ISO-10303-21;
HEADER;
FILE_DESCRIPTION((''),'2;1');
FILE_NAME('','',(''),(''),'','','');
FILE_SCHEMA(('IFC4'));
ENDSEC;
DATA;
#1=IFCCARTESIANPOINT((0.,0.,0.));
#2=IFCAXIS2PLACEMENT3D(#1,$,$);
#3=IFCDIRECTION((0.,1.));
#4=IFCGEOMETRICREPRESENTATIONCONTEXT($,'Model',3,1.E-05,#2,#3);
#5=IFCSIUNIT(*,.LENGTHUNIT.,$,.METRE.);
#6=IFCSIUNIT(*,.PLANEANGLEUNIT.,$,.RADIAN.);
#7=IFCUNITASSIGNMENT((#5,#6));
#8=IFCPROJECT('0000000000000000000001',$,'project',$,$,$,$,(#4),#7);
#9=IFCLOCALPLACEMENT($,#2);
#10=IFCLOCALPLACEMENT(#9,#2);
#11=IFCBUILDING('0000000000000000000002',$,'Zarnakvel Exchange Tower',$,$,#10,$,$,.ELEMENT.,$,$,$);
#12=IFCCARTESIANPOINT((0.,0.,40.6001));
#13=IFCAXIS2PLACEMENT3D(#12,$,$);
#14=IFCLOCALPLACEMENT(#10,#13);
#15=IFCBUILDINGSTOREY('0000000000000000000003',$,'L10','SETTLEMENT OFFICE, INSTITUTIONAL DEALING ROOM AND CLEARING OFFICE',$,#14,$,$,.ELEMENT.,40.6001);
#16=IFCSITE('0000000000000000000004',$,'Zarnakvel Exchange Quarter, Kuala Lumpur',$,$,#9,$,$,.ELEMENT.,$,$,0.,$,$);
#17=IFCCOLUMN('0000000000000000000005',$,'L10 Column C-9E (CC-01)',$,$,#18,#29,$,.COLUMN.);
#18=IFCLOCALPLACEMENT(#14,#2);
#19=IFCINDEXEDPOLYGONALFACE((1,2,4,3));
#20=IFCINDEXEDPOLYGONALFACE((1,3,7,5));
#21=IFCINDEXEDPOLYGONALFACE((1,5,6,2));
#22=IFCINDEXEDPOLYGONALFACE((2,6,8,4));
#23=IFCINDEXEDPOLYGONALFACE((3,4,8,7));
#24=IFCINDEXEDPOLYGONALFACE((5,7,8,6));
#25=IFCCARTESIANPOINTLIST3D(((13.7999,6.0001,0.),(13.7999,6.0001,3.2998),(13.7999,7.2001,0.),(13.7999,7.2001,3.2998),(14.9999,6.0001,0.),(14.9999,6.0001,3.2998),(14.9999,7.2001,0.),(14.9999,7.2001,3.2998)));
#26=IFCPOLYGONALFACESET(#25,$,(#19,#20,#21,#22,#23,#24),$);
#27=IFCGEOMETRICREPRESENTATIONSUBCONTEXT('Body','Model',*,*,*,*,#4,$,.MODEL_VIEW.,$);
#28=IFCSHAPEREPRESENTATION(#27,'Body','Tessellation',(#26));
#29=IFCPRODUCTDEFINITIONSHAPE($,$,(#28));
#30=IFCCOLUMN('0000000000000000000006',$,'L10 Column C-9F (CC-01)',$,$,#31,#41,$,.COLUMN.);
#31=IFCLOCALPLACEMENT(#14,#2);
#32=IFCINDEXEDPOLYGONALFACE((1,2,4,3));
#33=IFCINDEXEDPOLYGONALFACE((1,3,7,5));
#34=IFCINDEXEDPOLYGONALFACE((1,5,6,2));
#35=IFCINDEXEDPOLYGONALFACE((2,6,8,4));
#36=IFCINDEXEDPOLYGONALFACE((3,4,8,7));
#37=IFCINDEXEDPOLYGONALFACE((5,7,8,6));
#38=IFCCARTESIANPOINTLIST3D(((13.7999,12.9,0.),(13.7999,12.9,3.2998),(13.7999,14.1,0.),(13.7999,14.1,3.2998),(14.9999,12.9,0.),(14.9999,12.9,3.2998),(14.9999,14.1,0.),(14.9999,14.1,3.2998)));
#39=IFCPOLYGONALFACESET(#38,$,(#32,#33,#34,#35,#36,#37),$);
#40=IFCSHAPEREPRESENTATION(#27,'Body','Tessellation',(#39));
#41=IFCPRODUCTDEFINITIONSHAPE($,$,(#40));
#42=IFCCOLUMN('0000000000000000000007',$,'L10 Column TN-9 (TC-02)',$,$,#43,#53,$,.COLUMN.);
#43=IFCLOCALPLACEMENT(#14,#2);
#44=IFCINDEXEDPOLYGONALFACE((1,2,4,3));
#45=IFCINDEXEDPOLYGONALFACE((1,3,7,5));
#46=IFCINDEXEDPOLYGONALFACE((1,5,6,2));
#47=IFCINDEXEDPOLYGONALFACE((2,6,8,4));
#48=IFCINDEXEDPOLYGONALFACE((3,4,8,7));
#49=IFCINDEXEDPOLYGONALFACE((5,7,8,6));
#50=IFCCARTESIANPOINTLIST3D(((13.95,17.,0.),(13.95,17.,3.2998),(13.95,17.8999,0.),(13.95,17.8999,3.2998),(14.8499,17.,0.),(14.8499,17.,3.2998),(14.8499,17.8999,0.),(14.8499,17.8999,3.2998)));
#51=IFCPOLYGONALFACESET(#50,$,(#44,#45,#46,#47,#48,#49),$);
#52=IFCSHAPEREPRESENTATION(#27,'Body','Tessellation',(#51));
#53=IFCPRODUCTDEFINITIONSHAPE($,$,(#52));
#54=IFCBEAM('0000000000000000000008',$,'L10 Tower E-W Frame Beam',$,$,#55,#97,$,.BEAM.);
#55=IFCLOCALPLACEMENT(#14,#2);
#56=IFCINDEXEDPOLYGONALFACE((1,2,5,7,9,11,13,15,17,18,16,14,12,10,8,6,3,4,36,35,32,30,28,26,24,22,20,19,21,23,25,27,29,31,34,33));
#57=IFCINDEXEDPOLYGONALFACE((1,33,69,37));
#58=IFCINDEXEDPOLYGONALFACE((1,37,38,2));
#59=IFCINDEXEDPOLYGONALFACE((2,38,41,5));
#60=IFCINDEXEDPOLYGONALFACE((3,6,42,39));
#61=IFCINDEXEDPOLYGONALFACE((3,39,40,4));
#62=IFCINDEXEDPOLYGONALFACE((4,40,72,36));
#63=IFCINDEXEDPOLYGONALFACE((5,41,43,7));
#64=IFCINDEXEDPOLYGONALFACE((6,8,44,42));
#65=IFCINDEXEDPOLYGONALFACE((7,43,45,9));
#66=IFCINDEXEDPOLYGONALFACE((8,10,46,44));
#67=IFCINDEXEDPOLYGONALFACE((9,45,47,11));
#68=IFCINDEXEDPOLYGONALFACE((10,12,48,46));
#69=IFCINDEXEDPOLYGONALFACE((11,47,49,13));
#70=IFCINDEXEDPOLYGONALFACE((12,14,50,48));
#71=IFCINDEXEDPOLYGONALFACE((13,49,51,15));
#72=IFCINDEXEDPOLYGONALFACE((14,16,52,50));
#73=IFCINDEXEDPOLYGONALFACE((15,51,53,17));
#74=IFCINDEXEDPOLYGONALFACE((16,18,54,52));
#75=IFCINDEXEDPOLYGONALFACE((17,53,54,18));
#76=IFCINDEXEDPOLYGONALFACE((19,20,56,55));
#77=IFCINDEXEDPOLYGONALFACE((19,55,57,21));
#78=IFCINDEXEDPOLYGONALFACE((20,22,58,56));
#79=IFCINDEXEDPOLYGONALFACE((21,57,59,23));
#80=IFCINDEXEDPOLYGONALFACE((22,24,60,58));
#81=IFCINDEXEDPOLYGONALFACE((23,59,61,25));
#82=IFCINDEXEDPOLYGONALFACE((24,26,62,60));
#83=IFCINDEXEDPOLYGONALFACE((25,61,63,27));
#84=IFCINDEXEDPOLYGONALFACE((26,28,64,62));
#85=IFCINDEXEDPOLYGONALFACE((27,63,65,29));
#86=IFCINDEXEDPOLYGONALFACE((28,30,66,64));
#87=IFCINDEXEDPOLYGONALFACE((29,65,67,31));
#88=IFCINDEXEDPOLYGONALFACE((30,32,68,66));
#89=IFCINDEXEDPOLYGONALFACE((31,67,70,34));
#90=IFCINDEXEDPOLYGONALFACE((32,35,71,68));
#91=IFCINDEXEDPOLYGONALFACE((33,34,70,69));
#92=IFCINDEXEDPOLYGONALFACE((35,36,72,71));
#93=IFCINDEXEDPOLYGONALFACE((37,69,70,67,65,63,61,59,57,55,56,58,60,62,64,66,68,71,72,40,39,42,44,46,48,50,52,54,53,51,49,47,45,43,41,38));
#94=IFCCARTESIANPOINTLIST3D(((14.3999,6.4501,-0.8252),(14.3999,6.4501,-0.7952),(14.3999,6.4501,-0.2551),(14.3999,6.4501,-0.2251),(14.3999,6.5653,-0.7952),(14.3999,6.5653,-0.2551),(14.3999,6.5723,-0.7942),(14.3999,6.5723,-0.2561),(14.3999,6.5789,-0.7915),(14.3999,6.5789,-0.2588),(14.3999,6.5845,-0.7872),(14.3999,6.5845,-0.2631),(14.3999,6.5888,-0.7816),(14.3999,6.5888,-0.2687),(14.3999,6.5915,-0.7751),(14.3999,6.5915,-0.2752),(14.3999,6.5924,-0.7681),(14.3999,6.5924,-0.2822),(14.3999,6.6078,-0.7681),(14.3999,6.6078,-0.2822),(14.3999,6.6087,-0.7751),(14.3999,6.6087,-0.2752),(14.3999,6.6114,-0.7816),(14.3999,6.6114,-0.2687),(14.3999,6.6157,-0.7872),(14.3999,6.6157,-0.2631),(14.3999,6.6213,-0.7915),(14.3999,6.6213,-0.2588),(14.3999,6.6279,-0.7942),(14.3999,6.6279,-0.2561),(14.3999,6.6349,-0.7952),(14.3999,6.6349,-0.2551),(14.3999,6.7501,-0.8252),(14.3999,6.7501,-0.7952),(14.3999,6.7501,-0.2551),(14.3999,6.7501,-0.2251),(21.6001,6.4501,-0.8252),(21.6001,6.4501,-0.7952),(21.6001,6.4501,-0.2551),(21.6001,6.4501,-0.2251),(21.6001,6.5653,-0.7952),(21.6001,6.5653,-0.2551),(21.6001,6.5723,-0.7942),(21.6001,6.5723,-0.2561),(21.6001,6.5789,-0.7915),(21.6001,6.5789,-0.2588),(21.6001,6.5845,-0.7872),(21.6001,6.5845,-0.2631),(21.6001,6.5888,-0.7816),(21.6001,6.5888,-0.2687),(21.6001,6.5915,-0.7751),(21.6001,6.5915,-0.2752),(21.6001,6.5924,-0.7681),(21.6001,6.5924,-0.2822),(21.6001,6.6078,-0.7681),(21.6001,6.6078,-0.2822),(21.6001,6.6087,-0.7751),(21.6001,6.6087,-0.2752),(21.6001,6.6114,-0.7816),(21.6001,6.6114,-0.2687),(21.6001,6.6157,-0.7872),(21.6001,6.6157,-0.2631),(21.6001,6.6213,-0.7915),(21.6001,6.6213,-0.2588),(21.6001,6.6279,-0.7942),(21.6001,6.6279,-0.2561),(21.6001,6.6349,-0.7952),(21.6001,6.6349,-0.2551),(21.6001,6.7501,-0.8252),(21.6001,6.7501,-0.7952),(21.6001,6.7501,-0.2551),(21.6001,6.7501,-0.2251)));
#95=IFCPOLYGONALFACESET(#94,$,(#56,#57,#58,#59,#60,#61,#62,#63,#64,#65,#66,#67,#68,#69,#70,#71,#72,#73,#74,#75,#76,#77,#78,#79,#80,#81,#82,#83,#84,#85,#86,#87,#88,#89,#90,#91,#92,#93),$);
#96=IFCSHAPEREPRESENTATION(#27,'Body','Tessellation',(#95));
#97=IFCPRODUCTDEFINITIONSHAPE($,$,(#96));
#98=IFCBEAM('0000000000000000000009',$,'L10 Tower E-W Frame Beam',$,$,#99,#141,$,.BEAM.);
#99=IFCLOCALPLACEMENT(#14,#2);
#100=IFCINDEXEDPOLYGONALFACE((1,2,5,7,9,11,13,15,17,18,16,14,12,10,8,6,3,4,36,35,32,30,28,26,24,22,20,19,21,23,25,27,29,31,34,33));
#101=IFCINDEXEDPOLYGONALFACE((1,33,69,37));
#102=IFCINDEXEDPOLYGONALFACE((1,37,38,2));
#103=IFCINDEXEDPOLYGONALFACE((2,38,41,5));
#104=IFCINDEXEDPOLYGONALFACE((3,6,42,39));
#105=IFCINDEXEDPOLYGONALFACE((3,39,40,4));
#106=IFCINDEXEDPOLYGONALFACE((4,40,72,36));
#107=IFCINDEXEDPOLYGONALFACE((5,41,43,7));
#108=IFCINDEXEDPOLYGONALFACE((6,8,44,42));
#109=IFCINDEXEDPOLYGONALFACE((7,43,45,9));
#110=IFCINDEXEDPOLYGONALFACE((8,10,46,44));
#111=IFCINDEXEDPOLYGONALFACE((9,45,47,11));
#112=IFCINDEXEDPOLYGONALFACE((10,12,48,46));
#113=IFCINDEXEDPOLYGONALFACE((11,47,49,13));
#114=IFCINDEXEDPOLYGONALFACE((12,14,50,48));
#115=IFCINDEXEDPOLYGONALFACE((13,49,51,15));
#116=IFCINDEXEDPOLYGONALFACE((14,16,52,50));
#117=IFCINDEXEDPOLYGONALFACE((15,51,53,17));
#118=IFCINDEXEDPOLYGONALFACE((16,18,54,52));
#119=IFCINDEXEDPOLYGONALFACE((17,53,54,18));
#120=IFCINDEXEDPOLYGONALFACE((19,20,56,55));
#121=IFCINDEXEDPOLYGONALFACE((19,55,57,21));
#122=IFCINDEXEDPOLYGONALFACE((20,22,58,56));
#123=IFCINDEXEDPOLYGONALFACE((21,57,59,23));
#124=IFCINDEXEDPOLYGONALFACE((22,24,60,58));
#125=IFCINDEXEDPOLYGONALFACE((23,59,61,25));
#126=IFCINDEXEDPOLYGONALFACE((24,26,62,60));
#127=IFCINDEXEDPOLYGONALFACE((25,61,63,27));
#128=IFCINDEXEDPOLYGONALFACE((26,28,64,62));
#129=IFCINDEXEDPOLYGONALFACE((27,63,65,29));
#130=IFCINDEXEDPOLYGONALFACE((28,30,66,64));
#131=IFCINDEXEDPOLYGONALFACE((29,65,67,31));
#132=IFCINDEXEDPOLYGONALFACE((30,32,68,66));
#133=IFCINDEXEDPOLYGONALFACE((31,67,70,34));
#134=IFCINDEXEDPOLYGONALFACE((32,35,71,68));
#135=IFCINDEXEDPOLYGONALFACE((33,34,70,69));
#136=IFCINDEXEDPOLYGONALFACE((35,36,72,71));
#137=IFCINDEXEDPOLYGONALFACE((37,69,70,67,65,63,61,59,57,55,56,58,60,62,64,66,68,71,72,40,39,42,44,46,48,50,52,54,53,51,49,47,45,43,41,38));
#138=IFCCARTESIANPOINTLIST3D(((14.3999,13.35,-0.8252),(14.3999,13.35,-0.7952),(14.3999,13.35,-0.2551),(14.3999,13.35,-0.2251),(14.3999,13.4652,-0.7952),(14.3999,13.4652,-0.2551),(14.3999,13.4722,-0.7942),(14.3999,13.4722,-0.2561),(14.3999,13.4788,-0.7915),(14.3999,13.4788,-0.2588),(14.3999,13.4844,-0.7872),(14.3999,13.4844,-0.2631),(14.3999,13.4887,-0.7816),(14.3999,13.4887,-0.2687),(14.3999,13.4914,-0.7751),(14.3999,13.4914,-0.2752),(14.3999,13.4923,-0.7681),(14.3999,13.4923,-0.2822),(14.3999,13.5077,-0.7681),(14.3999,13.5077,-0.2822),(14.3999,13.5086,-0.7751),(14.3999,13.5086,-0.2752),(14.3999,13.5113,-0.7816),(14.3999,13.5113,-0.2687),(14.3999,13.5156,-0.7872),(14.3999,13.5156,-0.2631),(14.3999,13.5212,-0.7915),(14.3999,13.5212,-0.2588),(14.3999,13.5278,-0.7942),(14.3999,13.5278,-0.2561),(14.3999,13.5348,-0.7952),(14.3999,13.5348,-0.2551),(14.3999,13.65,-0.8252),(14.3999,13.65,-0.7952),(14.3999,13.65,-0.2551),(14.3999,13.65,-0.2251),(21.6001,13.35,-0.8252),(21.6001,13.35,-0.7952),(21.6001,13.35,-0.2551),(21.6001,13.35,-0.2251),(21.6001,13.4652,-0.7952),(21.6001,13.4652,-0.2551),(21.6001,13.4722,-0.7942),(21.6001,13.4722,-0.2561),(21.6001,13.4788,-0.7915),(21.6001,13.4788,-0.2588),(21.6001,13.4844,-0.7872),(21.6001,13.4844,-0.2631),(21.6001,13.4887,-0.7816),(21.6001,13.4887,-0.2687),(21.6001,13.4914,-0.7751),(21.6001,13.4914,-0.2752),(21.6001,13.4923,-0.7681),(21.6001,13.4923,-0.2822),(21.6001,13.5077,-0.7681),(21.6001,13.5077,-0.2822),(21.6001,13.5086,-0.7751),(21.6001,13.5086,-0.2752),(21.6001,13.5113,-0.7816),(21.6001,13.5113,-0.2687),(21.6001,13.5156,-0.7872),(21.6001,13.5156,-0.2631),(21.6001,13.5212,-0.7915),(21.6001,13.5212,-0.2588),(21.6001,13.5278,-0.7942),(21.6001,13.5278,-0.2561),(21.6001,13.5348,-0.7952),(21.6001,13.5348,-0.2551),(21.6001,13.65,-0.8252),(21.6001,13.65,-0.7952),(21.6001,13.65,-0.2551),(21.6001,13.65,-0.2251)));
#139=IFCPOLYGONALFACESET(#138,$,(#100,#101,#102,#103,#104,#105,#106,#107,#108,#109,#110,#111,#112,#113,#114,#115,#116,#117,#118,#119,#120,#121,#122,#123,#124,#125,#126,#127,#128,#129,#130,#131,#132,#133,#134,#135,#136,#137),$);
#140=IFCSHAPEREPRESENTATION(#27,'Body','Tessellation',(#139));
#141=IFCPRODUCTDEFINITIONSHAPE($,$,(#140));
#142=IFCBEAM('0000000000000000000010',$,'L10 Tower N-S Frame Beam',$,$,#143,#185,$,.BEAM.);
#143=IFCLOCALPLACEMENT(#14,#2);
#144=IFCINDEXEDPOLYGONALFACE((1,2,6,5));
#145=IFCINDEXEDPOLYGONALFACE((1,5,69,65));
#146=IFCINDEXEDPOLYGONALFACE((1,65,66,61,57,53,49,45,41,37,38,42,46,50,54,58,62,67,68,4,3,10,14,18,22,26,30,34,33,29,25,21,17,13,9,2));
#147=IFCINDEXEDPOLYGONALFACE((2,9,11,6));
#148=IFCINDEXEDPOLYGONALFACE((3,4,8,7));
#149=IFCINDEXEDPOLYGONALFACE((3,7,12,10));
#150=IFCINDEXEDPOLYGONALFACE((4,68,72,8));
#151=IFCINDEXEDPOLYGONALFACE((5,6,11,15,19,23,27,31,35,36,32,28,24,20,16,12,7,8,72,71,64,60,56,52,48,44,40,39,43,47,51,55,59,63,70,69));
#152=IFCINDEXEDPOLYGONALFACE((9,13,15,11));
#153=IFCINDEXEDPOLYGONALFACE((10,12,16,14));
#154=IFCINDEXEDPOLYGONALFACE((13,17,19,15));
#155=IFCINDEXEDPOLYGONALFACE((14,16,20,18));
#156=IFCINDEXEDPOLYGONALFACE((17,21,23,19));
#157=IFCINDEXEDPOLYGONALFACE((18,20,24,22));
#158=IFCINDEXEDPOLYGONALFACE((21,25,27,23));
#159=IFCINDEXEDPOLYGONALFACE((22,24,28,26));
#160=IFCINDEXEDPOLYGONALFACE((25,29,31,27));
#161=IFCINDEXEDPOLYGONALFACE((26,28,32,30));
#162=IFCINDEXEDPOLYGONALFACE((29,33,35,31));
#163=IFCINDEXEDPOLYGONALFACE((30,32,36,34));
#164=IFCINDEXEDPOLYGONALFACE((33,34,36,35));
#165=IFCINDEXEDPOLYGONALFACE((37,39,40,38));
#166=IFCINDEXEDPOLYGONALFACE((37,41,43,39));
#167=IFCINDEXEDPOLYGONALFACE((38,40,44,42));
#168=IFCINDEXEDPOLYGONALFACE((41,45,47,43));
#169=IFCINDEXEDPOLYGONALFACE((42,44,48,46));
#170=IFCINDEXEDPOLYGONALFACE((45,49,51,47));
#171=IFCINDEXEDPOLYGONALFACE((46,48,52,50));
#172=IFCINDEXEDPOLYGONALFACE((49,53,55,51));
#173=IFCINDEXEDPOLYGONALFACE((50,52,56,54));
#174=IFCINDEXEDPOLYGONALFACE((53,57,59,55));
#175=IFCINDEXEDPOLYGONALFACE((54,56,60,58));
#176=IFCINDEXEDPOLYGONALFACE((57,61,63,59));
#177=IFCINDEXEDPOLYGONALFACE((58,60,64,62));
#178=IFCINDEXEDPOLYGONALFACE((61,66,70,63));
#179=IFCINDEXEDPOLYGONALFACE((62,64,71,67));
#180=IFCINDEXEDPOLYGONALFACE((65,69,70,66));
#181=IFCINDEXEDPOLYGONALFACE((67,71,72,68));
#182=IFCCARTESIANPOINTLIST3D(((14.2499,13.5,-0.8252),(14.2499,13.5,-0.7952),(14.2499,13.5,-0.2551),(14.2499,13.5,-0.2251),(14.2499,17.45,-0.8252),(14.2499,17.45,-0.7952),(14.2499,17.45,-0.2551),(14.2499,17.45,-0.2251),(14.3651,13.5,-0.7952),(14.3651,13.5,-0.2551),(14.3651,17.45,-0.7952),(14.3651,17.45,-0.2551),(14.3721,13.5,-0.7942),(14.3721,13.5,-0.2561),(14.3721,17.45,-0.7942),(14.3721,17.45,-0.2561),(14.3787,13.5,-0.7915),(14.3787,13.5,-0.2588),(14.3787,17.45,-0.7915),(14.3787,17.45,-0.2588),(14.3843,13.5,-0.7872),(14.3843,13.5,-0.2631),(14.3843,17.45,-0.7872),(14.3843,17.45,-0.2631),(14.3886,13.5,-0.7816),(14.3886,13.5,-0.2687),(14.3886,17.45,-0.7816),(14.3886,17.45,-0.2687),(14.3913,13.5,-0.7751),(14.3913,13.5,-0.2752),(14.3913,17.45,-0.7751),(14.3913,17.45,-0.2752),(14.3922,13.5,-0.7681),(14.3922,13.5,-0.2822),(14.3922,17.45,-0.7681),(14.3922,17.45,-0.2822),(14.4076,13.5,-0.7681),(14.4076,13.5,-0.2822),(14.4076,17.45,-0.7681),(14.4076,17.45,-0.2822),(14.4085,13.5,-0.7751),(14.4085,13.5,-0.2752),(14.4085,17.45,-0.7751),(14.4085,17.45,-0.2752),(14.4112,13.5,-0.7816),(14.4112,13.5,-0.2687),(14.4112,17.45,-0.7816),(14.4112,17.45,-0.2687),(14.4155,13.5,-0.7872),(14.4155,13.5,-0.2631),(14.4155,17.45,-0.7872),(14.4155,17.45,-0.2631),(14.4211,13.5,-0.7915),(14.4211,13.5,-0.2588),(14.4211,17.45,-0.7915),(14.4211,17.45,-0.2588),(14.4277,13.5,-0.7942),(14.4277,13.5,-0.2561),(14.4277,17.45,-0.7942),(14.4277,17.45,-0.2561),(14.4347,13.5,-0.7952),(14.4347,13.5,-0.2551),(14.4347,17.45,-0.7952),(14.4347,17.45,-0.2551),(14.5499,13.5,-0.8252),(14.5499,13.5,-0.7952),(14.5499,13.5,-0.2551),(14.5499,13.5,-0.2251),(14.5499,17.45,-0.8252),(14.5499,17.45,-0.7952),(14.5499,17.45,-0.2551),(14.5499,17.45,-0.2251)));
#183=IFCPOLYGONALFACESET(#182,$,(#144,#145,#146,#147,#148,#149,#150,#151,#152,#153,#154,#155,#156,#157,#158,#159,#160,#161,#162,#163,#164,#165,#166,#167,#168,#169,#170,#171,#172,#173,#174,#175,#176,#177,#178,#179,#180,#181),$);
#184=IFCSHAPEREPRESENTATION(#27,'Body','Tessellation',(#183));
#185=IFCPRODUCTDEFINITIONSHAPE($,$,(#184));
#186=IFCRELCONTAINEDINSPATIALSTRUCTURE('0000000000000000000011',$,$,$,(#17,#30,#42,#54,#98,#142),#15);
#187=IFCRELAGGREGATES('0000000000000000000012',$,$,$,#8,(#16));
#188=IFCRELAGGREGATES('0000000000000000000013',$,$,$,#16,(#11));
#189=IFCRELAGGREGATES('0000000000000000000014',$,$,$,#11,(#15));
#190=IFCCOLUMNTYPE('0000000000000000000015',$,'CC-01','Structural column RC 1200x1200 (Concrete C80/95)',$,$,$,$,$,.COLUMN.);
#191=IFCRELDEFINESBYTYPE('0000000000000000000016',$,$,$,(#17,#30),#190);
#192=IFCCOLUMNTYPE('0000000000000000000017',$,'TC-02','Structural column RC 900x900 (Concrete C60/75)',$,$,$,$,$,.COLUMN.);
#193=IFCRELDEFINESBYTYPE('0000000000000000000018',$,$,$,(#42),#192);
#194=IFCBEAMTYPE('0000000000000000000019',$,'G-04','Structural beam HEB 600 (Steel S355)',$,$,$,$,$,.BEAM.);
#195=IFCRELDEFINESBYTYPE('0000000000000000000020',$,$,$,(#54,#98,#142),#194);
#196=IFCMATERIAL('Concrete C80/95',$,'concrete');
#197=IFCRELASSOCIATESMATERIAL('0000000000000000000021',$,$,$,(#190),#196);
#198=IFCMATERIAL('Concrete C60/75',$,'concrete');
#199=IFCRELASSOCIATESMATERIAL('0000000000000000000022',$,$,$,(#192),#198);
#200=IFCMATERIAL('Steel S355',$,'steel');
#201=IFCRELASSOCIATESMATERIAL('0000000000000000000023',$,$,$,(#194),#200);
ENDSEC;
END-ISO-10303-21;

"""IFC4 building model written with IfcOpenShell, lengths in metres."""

from ifc_helpers import new_model, si_unit, direction, frame, origin, origin_2d, place, context, subcontext, project, spatial, rectangle, i_section, extrude, material, material_profile, profile_set, type_object, element, save


model = new_model("IFC4")

# Units and contexts
model_context = context("Model", 3, precision=1e-05, world=origin(), true_north=direction((0.0, 1.0)))
body_context = subcontext(model_context, "Body", "Model", "MODEL_VIEW")
ifc_project = project(units=[si_unit("LENGTHUNIT", "METRE"), si_unit("PLANEANGLEUNIT", "RADIAN")], contexts=[model_context])

# Site, building, storey
site_placement = place(None, origin())
site = spatial("IfcSite", under=ifc_project, at=site_placement, Name="Zarnakvel Exchange Quarter, Kuala Lumpur", CompositionType="ELEMENT", RefElevation=0.0)
building_placement = place(site_placement, origin())
building = spatial("IfcBuilding", under=site, at=building_placement, Name="Zarnakvel Exchange Tower", CompositionType="ELEMENT")
storey_placement = place(building_placement, frame((0.0, 0.0, 40.6001)))
storey = spatial("IfcBuildingStorey", under=building, at=storey_placement, Name="L10", Description="SETTLEMENT OFFICE, INSTITUTIONAL DEALING ROOM AND CLEARING OFFICE", CompositionType="ELEMENT", Elevation=40.6001)

# Columns
ifc_material_1 = material(Name="Concrete C80/95", Category="concrete")
ifc_material_profile_1 = material_profile(ifc_material_1, rectangle(XDim=1.2, YDim=1.2, at=origin_2d()))
ifc_profile_set_1 = profile_set([ifc_material_profile_1], Name="Concrete C80/95")
column_type_1 = type_object("IfcColumnType", Name="CC-01", Description="Structural column RC 1200x1200 (Concrete C80/95)", PredefinedType="COLUMN", material=ifc_profile_set_1)
for number, where, z_axis, x_axis, name in (
    (1, (14.3999, 6.6001, 0.0), (0.0, 0.0, 1.0), (1.0, 0.0, 0.0), "L10 Column C-9E (CC-01)"),
    (2, (14.3999, 13.5, 0.0), (0.0, 0.0, 1.0), (1.0, 0.0, 0.0), "L10 Column C-9F (CC-01)"),
):
    element("IfcColumn", number, at=place(storey_placement, frame(where, z_axis=z_axis, x_axis=x_axis)), inside=storey, type_object=column_type_1, Name=name, PredefinedType="COLUMN", context=body_context, shape_type="SweptSolid", body=[
        extrude(rectangle(XDim=1.2, YDim=1.2, at=origin_2d()), origin(), (0.0, 0.0, 1.0), 3.2998),
    ])
ifc_material_2 = material(Name="Concrete C60/75", Category="concrete")
ifc_material_profile_2 = material_profile(ifc_material_2, rectangle(XDim=0.8999, YDim=0.8999, at=origin_2d()))
ifc_profile_set_2 = profile_set([ifc_material_profile_2], Name="Concrete C60/75")
column_type_2 = type_object("IfcColumnType", Name="TC-02", Description="Structural column RC 900x900 (Concrete C60/75)", PredefinedType="COLUMN", material=ifc_profile_set_2)
column_placement = place(storey_placement, frame((14.3999, 17.45, 0.0), z_axis=(0.0, 0.0, 1.0), x_axis=(1.0, 0.0, 0.0)))
element("IfcColumn", 3, at=column_placement, inside=storey, type_object=column_type_2, Name="L10 Column TN-9 (TC-02)", PredefinedType="COLUMN", context=body_context, shape_type="SweptSolid", body=[
    extrude(rectangle(XDim=0.8999, YDim=0.8999, at=origin_2d()), origin(), (0.0, 0.0, 1.0), 3.2998),
])

# Beams
ifc_material_3 = material(Name="Steel S355", Category="steel")
ifc_material_profile_3 = material_profile(ifc_material_3, i_section(OverallWidth=0.3, OverallDepth=0.6001, WebThickness=0.0154, FlangeThickness=0.03, FilletRadius=0.0271, at=origin_2d()))
ifc_profile_set_3 = profile_set([ifc_material_profile_3], Name="Steel S355")
beam_type_1 = type_object("IfcBeamType", Name="G-04", Description="Structural beam HEB 600 (Steel S355)", PredefinedType="BEAM", material=ifc_profile_set_3)
for number, where, z_axis, x_axis, name in (
    (4, (14.3999, 6.6001, -0.5251), (1.0, 0.0, 0.0), (0.0, 1.0, 0.0), "L10 Tower E-W Frame Beam"),
    (5, (14.3999, 13.5, -0.5251), (1.0, 0.0, 0.0), (0.0, 1.0, 0.0), "L10 Tower E-W Frame Beam"),
):
    element("IfcBeam", number, at=place(storey_placement, frame(where, z_axis=z_axis, x_axis=x_axis)), inside=storey, type_object=beam_type_1, Name=name, PredefinedType="BEAM", context=body_context, shape_type="SweptSolid", body=[
        extrude(i_section(OverallWidth=0.3, OverallDepth=0.6001, WebThickness=0.0154, FlangeThickness=0.03, FilletRadius=0.0271, at=origin_2d()), origin(), (0.0, 0.0, 1.0), 7.2002),
    ])
beam_1_placement = place(storey_placement, frame((14.3999, 13.5, -0.5251), z_axis=(0.0, 1.0, 0.0), x_axis=(-1.0, 0.0, 0.0)))
element("IfcBeam", 6, at=beam_1_placement, inside=storey, type_object=beam_type_1, Name="L10 Tower N-S Frame Beam", PredefinedType="BEAM", context=body_context, shape_type="SweptSolid", body=[
    extrude(i_section(OverallWidth=0.3, OverallDepth=0.6001, WebThickness=0.0154, FlangeThickness=0.03, FilletRadius=0.0271, at=origin_2d()), origin(), (0.0, 0.0, 1.0), 3.95),
])

save(model, "model.ifc")
